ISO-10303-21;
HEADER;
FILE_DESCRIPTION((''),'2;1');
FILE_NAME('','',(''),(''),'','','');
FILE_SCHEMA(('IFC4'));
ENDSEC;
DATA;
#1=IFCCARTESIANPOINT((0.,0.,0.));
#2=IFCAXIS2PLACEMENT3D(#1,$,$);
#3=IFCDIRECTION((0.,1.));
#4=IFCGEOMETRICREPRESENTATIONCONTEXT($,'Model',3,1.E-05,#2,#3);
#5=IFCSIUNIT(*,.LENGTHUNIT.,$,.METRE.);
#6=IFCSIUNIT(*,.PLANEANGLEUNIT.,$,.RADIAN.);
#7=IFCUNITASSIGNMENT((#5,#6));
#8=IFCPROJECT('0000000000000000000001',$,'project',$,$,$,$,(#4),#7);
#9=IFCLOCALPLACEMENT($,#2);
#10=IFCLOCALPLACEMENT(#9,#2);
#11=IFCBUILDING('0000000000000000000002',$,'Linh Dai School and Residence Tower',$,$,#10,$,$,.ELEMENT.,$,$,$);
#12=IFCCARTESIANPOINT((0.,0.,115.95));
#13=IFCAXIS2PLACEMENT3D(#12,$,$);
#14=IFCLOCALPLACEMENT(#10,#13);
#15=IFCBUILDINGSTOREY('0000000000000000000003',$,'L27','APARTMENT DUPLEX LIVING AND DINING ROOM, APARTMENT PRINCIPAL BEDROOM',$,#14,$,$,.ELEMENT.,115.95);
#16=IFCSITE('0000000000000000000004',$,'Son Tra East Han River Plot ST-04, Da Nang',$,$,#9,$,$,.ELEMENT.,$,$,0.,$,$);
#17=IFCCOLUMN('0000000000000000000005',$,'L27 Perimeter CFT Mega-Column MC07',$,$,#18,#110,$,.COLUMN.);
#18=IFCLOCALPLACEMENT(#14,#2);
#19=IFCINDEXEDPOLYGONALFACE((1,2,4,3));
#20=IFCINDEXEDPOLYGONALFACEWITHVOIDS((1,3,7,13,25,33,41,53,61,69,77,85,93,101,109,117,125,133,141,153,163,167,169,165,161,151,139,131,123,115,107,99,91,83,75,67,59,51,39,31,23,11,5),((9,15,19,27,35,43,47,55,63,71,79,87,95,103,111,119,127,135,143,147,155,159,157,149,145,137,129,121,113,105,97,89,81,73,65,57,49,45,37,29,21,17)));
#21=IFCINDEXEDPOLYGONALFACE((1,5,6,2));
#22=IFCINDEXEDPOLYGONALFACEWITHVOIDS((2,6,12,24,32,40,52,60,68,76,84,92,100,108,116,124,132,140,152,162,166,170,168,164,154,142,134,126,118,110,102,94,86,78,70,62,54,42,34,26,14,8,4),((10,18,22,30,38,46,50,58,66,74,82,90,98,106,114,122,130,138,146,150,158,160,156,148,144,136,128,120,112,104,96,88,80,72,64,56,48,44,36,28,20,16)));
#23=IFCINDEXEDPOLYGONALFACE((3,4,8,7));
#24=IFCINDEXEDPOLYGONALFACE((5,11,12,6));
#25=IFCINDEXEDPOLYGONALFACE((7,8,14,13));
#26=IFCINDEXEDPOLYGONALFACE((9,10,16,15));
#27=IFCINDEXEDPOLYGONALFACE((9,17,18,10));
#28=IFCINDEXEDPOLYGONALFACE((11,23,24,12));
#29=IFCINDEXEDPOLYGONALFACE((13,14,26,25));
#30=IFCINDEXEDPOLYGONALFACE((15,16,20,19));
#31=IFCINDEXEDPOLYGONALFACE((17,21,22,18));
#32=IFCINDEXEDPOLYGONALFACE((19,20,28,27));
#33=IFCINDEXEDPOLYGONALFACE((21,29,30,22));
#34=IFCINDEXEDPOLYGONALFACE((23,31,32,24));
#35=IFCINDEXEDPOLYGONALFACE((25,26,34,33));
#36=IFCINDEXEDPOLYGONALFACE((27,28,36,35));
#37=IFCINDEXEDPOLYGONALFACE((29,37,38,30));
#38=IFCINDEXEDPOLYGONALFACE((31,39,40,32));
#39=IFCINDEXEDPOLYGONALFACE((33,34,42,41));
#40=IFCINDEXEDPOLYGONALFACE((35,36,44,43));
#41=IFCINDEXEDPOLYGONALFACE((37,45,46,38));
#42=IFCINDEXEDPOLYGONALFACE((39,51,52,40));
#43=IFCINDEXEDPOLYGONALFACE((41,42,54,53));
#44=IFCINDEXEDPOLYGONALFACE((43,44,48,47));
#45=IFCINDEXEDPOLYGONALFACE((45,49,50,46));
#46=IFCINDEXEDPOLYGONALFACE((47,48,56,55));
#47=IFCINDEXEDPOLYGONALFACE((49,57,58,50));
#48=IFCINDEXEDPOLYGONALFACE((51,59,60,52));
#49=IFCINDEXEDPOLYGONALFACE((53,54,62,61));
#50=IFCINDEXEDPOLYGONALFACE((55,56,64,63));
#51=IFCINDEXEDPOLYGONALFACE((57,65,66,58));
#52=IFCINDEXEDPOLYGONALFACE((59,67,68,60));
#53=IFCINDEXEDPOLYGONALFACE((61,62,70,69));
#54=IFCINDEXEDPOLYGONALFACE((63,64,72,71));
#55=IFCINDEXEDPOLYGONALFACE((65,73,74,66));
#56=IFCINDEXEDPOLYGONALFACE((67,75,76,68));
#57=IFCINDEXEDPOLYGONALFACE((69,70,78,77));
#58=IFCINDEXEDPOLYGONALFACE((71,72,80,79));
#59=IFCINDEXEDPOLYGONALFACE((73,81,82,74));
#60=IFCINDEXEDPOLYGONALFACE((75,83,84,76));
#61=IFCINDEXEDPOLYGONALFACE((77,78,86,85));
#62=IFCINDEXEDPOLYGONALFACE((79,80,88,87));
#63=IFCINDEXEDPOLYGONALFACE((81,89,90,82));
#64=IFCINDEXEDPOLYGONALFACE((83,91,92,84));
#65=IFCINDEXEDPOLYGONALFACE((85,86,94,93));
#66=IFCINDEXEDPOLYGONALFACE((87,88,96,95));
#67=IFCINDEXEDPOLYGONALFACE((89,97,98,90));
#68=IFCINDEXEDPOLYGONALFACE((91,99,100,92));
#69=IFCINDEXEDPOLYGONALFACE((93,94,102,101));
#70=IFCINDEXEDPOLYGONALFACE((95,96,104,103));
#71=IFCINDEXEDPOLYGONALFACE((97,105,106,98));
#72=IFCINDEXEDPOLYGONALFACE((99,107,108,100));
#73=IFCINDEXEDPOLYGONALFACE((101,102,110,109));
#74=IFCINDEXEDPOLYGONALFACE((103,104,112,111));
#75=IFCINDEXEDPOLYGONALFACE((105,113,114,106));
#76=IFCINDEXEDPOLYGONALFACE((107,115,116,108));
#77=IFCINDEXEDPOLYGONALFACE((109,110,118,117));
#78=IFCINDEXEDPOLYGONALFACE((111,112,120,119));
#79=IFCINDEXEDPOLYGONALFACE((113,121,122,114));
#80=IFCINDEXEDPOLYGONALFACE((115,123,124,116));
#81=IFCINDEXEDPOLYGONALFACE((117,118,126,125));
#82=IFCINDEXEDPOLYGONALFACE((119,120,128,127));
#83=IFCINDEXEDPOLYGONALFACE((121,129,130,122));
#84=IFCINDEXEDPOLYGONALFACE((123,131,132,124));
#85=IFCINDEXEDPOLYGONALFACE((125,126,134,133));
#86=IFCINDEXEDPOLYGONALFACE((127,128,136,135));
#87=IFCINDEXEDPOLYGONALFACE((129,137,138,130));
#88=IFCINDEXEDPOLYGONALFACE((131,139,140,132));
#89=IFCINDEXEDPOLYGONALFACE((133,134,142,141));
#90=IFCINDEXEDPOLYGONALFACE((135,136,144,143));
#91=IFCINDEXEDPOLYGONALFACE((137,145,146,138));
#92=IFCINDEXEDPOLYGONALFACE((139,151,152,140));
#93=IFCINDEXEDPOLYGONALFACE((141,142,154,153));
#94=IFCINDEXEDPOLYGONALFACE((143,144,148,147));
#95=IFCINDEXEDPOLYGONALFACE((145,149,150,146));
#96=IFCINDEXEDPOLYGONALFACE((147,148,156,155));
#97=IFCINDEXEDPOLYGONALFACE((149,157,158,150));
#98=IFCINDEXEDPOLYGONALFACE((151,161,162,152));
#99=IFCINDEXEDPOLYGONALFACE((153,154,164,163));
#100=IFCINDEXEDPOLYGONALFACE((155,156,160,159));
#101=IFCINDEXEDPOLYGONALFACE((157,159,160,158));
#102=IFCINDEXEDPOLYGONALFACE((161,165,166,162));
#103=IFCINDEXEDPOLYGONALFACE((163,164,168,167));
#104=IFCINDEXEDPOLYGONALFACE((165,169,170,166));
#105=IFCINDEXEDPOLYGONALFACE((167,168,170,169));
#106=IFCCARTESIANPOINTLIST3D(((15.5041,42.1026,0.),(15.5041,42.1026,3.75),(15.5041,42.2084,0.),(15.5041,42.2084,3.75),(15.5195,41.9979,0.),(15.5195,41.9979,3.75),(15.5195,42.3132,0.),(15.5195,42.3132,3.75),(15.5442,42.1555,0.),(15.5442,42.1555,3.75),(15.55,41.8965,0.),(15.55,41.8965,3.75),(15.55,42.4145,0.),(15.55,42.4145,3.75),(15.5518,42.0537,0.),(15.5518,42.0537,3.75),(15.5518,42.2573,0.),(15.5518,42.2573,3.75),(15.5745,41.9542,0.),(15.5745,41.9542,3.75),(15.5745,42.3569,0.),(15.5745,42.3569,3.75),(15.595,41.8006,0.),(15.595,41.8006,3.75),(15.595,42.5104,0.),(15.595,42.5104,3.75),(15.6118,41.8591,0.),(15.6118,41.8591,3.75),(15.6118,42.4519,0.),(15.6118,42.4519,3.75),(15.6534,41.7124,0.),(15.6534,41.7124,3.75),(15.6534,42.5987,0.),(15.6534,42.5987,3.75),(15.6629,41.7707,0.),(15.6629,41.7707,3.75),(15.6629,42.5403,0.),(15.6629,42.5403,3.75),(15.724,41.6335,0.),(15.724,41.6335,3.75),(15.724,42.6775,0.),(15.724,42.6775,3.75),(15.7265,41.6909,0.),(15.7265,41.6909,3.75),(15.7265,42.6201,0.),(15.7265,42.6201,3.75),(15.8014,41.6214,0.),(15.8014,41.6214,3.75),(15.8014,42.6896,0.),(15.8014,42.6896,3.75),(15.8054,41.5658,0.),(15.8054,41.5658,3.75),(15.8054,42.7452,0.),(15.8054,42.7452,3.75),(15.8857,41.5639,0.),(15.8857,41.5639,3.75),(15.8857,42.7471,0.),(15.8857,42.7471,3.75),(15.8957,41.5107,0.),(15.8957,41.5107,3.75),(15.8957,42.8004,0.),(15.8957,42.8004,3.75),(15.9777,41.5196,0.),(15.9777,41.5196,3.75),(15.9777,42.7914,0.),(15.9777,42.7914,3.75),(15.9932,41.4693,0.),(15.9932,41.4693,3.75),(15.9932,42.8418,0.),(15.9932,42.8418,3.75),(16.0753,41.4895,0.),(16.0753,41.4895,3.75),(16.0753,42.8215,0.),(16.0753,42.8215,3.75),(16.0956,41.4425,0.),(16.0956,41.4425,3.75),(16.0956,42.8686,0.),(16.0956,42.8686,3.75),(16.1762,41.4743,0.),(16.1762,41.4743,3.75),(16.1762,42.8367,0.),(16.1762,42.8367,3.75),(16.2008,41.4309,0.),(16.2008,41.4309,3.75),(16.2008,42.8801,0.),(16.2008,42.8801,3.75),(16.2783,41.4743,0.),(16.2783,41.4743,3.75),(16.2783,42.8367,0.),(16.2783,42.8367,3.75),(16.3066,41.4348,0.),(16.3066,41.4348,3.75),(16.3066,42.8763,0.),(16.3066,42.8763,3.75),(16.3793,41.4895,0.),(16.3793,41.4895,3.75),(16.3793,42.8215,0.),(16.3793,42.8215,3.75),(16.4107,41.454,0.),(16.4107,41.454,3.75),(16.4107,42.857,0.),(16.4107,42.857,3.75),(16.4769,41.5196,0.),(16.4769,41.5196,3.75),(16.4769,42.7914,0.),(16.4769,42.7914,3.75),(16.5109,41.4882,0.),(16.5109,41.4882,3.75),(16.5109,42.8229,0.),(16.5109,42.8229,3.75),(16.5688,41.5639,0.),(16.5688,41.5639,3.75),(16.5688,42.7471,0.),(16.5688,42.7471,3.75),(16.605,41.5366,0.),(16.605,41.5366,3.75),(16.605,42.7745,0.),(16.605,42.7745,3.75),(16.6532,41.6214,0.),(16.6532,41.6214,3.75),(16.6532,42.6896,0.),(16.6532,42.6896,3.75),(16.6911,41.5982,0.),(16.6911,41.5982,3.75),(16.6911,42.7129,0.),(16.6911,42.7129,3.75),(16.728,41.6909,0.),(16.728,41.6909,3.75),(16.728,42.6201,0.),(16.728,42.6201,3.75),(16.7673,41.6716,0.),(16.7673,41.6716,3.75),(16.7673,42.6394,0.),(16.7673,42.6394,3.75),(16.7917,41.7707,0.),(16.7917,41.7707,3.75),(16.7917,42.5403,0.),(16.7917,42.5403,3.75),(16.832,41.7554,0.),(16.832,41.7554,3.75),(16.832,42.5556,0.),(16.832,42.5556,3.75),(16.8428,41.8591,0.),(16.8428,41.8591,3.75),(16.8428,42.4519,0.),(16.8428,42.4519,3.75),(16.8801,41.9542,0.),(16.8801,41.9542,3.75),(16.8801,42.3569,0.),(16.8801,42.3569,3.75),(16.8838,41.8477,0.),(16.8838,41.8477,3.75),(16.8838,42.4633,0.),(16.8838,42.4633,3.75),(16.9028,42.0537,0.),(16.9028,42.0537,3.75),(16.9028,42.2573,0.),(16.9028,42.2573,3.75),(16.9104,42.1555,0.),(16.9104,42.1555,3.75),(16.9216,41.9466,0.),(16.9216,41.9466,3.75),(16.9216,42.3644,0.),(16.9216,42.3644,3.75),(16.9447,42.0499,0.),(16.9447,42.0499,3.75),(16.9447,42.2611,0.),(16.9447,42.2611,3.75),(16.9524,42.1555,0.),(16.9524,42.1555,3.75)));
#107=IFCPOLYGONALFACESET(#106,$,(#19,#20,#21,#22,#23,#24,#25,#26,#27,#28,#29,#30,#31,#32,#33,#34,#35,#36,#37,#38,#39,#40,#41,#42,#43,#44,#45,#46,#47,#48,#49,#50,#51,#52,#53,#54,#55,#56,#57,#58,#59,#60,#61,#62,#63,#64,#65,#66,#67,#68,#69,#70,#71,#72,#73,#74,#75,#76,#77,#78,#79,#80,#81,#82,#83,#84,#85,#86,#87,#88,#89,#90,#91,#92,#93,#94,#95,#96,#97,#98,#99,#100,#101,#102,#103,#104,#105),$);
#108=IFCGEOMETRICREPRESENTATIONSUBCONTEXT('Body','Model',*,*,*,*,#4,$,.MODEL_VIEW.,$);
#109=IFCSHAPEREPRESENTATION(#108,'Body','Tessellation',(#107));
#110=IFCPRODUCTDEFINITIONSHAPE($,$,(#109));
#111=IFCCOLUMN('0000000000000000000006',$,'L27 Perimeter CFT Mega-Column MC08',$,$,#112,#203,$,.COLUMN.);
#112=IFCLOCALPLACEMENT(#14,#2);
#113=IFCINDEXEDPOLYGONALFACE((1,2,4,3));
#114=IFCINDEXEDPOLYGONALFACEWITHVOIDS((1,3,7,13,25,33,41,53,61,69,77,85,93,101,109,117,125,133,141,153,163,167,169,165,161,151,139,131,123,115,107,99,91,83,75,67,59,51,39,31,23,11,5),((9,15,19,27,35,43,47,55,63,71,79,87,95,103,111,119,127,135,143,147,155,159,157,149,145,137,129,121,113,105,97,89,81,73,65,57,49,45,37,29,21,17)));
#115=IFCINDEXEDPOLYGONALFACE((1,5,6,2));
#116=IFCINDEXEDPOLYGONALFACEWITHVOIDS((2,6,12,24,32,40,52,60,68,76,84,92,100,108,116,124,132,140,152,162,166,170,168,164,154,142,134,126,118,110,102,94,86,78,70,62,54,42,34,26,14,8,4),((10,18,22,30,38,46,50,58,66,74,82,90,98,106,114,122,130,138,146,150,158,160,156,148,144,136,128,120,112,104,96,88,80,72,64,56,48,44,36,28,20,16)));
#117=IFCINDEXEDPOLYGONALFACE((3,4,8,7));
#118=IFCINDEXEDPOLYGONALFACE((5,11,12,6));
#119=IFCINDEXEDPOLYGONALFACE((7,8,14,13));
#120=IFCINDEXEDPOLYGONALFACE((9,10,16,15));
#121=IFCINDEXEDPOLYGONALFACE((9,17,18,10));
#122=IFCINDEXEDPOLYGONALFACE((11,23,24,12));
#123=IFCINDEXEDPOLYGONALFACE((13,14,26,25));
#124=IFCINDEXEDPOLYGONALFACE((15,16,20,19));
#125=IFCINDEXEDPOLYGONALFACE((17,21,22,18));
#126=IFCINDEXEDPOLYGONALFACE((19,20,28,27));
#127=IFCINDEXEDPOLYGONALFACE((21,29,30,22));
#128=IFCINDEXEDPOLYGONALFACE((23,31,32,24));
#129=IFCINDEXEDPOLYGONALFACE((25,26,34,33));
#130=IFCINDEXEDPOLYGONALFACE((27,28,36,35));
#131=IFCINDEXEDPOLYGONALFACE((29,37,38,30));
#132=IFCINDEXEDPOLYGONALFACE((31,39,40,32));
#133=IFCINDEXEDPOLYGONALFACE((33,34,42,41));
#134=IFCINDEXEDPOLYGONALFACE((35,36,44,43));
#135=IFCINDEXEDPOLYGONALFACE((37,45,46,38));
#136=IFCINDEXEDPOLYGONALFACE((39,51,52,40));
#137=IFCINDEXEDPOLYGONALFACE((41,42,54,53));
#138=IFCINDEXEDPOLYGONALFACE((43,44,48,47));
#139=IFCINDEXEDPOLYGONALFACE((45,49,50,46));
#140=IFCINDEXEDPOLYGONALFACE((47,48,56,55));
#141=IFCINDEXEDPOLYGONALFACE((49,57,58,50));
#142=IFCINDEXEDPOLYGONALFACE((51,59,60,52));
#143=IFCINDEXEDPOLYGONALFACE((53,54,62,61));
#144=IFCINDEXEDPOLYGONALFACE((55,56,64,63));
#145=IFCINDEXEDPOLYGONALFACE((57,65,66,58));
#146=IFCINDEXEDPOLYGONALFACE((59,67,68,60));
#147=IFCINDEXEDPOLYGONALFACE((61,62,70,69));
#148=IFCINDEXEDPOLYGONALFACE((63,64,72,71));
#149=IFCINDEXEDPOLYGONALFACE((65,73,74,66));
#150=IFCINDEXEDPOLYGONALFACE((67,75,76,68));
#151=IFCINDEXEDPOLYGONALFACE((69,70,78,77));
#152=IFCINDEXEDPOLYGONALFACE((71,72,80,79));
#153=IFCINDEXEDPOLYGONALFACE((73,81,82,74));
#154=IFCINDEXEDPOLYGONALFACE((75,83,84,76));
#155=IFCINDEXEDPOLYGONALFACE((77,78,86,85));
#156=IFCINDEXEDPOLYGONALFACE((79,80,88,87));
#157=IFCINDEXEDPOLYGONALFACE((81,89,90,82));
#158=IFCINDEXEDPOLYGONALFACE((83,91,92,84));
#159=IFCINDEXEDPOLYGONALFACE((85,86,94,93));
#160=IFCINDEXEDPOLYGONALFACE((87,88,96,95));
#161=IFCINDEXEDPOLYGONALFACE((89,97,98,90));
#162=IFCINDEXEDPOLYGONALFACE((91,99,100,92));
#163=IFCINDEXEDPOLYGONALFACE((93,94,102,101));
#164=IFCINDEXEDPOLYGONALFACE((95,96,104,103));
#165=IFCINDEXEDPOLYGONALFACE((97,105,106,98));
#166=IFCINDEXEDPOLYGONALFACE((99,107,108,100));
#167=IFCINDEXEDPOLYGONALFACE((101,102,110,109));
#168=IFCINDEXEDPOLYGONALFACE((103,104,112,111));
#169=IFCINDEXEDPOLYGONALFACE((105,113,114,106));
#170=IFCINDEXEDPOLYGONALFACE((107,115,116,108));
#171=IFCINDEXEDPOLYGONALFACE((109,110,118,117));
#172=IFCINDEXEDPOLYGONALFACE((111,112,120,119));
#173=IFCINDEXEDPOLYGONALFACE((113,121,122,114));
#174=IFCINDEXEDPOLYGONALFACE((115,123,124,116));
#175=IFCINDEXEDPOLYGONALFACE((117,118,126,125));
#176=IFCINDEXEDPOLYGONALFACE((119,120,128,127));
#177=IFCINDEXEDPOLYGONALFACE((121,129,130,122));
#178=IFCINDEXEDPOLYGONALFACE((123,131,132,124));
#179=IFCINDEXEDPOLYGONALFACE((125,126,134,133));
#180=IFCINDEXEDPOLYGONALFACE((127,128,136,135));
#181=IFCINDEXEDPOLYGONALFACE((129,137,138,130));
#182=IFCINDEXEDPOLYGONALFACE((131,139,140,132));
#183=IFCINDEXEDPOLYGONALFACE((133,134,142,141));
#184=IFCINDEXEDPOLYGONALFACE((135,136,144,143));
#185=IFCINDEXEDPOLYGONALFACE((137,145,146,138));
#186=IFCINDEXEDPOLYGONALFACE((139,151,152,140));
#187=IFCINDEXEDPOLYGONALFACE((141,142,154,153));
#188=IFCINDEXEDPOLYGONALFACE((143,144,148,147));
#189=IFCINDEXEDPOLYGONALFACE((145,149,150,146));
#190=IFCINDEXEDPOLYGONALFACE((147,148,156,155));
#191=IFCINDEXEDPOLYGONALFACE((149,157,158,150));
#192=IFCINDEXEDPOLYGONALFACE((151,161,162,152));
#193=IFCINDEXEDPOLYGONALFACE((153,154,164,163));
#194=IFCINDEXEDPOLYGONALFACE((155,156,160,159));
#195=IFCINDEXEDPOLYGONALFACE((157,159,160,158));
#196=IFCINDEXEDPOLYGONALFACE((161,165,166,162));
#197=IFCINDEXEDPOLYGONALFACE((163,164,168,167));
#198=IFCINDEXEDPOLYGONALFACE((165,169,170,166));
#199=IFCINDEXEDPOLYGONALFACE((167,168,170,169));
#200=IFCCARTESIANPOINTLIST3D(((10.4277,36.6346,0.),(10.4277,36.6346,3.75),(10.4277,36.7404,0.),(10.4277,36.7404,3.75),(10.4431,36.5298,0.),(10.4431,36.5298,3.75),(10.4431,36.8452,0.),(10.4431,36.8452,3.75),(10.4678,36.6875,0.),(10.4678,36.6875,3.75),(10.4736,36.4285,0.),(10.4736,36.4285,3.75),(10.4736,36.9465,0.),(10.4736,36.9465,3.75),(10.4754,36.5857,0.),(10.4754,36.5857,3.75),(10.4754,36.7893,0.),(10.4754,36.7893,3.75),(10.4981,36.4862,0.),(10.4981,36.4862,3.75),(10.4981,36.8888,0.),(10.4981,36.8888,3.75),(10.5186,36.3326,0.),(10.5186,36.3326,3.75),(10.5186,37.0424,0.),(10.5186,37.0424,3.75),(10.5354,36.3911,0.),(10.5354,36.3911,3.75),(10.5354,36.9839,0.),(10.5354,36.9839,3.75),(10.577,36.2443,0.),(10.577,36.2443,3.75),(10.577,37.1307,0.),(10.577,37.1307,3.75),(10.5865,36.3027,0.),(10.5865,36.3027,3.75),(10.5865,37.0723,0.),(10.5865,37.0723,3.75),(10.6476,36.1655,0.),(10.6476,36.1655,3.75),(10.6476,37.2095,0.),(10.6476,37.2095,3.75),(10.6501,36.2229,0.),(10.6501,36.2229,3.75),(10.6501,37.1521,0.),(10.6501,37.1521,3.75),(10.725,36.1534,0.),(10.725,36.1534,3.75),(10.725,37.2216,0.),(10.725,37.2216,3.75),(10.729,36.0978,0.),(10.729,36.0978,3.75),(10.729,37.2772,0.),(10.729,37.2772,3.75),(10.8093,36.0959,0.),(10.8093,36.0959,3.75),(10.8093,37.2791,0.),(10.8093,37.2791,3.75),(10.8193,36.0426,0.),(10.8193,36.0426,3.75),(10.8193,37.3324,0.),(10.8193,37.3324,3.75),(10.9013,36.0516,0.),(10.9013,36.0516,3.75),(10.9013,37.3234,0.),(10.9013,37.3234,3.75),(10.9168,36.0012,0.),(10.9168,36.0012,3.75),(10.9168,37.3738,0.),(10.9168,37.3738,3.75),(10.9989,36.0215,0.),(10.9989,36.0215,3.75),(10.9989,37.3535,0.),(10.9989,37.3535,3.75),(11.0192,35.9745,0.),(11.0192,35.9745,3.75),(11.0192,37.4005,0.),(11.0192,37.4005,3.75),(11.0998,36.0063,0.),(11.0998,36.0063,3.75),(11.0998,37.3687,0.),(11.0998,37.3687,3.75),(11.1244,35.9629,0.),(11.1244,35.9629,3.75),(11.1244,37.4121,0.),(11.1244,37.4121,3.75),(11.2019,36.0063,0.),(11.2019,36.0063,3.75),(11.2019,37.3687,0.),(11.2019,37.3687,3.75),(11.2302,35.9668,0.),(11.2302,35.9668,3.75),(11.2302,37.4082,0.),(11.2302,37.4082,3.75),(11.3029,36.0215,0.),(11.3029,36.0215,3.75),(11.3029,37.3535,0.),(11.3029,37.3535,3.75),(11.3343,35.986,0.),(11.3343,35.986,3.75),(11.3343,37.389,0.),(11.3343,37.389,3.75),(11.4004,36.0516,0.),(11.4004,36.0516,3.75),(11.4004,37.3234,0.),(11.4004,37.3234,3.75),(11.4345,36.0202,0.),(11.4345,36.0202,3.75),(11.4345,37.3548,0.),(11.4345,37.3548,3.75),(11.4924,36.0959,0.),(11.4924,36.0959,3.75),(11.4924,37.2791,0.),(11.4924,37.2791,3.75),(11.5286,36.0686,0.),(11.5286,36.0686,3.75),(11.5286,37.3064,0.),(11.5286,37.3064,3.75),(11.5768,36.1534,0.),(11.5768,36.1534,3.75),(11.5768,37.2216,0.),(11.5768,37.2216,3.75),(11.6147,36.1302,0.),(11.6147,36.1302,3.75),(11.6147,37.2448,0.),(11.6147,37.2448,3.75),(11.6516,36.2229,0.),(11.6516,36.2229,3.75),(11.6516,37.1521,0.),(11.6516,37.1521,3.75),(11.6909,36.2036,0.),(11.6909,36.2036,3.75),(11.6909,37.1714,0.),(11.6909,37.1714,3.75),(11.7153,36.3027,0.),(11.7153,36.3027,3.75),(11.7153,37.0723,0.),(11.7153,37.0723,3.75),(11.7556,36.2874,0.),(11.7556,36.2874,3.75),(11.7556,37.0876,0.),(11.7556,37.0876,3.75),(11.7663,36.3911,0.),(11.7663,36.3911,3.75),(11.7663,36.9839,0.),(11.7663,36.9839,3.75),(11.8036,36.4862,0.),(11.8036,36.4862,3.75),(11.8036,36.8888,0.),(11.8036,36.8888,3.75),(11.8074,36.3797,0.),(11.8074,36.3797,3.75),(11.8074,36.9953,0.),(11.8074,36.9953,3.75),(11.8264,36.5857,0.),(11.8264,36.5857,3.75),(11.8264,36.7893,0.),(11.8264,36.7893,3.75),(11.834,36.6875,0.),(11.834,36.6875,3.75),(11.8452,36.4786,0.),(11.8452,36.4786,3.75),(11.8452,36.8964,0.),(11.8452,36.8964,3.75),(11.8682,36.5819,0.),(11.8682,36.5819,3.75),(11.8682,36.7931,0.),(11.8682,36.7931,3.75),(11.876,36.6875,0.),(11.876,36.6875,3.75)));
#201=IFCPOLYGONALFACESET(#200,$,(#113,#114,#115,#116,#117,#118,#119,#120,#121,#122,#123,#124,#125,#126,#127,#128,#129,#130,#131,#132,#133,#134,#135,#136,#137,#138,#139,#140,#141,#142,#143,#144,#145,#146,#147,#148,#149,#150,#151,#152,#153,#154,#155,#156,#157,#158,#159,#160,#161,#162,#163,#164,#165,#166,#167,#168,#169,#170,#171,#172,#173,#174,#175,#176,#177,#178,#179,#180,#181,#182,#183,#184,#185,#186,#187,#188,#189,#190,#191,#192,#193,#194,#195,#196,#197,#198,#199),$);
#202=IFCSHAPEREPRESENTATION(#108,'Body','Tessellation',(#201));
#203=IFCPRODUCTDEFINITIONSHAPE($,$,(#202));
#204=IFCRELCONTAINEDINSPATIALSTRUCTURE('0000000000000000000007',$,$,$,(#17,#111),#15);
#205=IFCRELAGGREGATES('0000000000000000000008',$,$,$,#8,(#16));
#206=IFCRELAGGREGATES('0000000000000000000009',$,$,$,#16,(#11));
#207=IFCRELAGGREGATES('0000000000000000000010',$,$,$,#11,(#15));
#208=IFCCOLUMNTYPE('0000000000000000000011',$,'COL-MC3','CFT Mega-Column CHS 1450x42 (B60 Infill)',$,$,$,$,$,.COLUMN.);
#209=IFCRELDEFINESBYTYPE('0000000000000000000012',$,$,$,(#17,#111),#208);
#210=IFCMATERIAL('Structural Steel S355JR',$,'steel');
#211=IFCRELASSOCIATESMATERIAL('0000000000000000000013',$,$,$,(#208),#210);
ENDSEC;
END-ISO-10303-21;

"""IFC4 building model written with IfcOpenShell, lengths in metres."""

from ifc_helpers import new_model, si_unit, direction, frame, origin, origin_2d, place, context, subcontext, project, spatial, hollow_circle, extrude, material, material_profile, profile_set, type_object, element, save


model = new_model("IFC4")

# Units and contexts
model_context = context("Model", 3, precision=1e-05, world=origin(), true_north=direction((0.0, 1.0)))
body_context = subcontext(model_context, "Body", "Model", "MODEL_VIEW")
ifc_project = project(units=[si_unit("LENGTHUNIT", "METRE"), si_unit("PLANEANGLEUNIT", "RADIAN")], contexts=[model_context])

# Site, building, storey
site_placement = place(None, origin())
site = spatial("IfcSite", under=ifc_project, at=site_placement, Name="Son Tra East Han River Plot ST-04, Da Nang", CompositionType="ELEMENT", RefElevation=0.0)
building_placement = place(site_placement, origin())
building = spatial("IfcBuilding", under=site, at=building_placement, Name="Linh Dai School and Residence Tower", CompositionType="ELEMENT")
storey_placement = place(building_placement, frame((0.0, 0.0, 115.95)))
storey = spatial("IfcBuildingStorey", under=building, at=storey_placement, Name="L27", Description="APARTMENT DUPLEX LIVING AND DINING ROOM, APARTMENT PRINCIPAL BEDROOM", CompositionType="ELEMENT", Elevation=115.95)

# Columns
ifc_material_1 = material(Name="Structural Steel S355JR", Category="steel")
ifc_material_profile_1 = material_profile(ifc_material_1, hollow_circle(Radius=0.7251, WallThickness=0.042, at=origin_2d()), Name="CHS 1450x42")
ifc_profile_set_1 = profile_set([ifc_material_profile_1], Name="Structural Steel S355JR")
column_type = type_object("IfcColumnType", Name="COL-MC3", Description="CFT Mega-Column CHS 1450x42 (B60 Infill)", PredefinedType="COLUMN", material=ifc_profile_set_1)
for number, where, z_axis, x_axis, name in (
    (1, (16.2273, 42.1555, 0.0), (0.0, 0.0, 1.0), (1.0, 0.0, 0.0), "L27 Perimeter CFT Mega-Column MC07"),
    (2, (11.1509, 36.6875, 0.0), (0.0, 0.0, 1.0), (1.0, 0.0, 0.0), "L27 Perimeter CFT Mega-Column MC08"),
):
    element("IfcColumn", number, at=place(storey_placement, frame(where, z_axis=z_axis, x_axis=x_axis)), inside=storey, type_object=column_type, Name=name, PredefinedType="COLUMN", context=body_context, shape_type="SweptSolid", body=[
        extrude(hollow_circle(Radius=0.7251, WallThickness=0.042, at=origin_2d()), origin(), (0.0, 0.0, 1.0), 3.75),
    ])

save(model, "model.ifc")
